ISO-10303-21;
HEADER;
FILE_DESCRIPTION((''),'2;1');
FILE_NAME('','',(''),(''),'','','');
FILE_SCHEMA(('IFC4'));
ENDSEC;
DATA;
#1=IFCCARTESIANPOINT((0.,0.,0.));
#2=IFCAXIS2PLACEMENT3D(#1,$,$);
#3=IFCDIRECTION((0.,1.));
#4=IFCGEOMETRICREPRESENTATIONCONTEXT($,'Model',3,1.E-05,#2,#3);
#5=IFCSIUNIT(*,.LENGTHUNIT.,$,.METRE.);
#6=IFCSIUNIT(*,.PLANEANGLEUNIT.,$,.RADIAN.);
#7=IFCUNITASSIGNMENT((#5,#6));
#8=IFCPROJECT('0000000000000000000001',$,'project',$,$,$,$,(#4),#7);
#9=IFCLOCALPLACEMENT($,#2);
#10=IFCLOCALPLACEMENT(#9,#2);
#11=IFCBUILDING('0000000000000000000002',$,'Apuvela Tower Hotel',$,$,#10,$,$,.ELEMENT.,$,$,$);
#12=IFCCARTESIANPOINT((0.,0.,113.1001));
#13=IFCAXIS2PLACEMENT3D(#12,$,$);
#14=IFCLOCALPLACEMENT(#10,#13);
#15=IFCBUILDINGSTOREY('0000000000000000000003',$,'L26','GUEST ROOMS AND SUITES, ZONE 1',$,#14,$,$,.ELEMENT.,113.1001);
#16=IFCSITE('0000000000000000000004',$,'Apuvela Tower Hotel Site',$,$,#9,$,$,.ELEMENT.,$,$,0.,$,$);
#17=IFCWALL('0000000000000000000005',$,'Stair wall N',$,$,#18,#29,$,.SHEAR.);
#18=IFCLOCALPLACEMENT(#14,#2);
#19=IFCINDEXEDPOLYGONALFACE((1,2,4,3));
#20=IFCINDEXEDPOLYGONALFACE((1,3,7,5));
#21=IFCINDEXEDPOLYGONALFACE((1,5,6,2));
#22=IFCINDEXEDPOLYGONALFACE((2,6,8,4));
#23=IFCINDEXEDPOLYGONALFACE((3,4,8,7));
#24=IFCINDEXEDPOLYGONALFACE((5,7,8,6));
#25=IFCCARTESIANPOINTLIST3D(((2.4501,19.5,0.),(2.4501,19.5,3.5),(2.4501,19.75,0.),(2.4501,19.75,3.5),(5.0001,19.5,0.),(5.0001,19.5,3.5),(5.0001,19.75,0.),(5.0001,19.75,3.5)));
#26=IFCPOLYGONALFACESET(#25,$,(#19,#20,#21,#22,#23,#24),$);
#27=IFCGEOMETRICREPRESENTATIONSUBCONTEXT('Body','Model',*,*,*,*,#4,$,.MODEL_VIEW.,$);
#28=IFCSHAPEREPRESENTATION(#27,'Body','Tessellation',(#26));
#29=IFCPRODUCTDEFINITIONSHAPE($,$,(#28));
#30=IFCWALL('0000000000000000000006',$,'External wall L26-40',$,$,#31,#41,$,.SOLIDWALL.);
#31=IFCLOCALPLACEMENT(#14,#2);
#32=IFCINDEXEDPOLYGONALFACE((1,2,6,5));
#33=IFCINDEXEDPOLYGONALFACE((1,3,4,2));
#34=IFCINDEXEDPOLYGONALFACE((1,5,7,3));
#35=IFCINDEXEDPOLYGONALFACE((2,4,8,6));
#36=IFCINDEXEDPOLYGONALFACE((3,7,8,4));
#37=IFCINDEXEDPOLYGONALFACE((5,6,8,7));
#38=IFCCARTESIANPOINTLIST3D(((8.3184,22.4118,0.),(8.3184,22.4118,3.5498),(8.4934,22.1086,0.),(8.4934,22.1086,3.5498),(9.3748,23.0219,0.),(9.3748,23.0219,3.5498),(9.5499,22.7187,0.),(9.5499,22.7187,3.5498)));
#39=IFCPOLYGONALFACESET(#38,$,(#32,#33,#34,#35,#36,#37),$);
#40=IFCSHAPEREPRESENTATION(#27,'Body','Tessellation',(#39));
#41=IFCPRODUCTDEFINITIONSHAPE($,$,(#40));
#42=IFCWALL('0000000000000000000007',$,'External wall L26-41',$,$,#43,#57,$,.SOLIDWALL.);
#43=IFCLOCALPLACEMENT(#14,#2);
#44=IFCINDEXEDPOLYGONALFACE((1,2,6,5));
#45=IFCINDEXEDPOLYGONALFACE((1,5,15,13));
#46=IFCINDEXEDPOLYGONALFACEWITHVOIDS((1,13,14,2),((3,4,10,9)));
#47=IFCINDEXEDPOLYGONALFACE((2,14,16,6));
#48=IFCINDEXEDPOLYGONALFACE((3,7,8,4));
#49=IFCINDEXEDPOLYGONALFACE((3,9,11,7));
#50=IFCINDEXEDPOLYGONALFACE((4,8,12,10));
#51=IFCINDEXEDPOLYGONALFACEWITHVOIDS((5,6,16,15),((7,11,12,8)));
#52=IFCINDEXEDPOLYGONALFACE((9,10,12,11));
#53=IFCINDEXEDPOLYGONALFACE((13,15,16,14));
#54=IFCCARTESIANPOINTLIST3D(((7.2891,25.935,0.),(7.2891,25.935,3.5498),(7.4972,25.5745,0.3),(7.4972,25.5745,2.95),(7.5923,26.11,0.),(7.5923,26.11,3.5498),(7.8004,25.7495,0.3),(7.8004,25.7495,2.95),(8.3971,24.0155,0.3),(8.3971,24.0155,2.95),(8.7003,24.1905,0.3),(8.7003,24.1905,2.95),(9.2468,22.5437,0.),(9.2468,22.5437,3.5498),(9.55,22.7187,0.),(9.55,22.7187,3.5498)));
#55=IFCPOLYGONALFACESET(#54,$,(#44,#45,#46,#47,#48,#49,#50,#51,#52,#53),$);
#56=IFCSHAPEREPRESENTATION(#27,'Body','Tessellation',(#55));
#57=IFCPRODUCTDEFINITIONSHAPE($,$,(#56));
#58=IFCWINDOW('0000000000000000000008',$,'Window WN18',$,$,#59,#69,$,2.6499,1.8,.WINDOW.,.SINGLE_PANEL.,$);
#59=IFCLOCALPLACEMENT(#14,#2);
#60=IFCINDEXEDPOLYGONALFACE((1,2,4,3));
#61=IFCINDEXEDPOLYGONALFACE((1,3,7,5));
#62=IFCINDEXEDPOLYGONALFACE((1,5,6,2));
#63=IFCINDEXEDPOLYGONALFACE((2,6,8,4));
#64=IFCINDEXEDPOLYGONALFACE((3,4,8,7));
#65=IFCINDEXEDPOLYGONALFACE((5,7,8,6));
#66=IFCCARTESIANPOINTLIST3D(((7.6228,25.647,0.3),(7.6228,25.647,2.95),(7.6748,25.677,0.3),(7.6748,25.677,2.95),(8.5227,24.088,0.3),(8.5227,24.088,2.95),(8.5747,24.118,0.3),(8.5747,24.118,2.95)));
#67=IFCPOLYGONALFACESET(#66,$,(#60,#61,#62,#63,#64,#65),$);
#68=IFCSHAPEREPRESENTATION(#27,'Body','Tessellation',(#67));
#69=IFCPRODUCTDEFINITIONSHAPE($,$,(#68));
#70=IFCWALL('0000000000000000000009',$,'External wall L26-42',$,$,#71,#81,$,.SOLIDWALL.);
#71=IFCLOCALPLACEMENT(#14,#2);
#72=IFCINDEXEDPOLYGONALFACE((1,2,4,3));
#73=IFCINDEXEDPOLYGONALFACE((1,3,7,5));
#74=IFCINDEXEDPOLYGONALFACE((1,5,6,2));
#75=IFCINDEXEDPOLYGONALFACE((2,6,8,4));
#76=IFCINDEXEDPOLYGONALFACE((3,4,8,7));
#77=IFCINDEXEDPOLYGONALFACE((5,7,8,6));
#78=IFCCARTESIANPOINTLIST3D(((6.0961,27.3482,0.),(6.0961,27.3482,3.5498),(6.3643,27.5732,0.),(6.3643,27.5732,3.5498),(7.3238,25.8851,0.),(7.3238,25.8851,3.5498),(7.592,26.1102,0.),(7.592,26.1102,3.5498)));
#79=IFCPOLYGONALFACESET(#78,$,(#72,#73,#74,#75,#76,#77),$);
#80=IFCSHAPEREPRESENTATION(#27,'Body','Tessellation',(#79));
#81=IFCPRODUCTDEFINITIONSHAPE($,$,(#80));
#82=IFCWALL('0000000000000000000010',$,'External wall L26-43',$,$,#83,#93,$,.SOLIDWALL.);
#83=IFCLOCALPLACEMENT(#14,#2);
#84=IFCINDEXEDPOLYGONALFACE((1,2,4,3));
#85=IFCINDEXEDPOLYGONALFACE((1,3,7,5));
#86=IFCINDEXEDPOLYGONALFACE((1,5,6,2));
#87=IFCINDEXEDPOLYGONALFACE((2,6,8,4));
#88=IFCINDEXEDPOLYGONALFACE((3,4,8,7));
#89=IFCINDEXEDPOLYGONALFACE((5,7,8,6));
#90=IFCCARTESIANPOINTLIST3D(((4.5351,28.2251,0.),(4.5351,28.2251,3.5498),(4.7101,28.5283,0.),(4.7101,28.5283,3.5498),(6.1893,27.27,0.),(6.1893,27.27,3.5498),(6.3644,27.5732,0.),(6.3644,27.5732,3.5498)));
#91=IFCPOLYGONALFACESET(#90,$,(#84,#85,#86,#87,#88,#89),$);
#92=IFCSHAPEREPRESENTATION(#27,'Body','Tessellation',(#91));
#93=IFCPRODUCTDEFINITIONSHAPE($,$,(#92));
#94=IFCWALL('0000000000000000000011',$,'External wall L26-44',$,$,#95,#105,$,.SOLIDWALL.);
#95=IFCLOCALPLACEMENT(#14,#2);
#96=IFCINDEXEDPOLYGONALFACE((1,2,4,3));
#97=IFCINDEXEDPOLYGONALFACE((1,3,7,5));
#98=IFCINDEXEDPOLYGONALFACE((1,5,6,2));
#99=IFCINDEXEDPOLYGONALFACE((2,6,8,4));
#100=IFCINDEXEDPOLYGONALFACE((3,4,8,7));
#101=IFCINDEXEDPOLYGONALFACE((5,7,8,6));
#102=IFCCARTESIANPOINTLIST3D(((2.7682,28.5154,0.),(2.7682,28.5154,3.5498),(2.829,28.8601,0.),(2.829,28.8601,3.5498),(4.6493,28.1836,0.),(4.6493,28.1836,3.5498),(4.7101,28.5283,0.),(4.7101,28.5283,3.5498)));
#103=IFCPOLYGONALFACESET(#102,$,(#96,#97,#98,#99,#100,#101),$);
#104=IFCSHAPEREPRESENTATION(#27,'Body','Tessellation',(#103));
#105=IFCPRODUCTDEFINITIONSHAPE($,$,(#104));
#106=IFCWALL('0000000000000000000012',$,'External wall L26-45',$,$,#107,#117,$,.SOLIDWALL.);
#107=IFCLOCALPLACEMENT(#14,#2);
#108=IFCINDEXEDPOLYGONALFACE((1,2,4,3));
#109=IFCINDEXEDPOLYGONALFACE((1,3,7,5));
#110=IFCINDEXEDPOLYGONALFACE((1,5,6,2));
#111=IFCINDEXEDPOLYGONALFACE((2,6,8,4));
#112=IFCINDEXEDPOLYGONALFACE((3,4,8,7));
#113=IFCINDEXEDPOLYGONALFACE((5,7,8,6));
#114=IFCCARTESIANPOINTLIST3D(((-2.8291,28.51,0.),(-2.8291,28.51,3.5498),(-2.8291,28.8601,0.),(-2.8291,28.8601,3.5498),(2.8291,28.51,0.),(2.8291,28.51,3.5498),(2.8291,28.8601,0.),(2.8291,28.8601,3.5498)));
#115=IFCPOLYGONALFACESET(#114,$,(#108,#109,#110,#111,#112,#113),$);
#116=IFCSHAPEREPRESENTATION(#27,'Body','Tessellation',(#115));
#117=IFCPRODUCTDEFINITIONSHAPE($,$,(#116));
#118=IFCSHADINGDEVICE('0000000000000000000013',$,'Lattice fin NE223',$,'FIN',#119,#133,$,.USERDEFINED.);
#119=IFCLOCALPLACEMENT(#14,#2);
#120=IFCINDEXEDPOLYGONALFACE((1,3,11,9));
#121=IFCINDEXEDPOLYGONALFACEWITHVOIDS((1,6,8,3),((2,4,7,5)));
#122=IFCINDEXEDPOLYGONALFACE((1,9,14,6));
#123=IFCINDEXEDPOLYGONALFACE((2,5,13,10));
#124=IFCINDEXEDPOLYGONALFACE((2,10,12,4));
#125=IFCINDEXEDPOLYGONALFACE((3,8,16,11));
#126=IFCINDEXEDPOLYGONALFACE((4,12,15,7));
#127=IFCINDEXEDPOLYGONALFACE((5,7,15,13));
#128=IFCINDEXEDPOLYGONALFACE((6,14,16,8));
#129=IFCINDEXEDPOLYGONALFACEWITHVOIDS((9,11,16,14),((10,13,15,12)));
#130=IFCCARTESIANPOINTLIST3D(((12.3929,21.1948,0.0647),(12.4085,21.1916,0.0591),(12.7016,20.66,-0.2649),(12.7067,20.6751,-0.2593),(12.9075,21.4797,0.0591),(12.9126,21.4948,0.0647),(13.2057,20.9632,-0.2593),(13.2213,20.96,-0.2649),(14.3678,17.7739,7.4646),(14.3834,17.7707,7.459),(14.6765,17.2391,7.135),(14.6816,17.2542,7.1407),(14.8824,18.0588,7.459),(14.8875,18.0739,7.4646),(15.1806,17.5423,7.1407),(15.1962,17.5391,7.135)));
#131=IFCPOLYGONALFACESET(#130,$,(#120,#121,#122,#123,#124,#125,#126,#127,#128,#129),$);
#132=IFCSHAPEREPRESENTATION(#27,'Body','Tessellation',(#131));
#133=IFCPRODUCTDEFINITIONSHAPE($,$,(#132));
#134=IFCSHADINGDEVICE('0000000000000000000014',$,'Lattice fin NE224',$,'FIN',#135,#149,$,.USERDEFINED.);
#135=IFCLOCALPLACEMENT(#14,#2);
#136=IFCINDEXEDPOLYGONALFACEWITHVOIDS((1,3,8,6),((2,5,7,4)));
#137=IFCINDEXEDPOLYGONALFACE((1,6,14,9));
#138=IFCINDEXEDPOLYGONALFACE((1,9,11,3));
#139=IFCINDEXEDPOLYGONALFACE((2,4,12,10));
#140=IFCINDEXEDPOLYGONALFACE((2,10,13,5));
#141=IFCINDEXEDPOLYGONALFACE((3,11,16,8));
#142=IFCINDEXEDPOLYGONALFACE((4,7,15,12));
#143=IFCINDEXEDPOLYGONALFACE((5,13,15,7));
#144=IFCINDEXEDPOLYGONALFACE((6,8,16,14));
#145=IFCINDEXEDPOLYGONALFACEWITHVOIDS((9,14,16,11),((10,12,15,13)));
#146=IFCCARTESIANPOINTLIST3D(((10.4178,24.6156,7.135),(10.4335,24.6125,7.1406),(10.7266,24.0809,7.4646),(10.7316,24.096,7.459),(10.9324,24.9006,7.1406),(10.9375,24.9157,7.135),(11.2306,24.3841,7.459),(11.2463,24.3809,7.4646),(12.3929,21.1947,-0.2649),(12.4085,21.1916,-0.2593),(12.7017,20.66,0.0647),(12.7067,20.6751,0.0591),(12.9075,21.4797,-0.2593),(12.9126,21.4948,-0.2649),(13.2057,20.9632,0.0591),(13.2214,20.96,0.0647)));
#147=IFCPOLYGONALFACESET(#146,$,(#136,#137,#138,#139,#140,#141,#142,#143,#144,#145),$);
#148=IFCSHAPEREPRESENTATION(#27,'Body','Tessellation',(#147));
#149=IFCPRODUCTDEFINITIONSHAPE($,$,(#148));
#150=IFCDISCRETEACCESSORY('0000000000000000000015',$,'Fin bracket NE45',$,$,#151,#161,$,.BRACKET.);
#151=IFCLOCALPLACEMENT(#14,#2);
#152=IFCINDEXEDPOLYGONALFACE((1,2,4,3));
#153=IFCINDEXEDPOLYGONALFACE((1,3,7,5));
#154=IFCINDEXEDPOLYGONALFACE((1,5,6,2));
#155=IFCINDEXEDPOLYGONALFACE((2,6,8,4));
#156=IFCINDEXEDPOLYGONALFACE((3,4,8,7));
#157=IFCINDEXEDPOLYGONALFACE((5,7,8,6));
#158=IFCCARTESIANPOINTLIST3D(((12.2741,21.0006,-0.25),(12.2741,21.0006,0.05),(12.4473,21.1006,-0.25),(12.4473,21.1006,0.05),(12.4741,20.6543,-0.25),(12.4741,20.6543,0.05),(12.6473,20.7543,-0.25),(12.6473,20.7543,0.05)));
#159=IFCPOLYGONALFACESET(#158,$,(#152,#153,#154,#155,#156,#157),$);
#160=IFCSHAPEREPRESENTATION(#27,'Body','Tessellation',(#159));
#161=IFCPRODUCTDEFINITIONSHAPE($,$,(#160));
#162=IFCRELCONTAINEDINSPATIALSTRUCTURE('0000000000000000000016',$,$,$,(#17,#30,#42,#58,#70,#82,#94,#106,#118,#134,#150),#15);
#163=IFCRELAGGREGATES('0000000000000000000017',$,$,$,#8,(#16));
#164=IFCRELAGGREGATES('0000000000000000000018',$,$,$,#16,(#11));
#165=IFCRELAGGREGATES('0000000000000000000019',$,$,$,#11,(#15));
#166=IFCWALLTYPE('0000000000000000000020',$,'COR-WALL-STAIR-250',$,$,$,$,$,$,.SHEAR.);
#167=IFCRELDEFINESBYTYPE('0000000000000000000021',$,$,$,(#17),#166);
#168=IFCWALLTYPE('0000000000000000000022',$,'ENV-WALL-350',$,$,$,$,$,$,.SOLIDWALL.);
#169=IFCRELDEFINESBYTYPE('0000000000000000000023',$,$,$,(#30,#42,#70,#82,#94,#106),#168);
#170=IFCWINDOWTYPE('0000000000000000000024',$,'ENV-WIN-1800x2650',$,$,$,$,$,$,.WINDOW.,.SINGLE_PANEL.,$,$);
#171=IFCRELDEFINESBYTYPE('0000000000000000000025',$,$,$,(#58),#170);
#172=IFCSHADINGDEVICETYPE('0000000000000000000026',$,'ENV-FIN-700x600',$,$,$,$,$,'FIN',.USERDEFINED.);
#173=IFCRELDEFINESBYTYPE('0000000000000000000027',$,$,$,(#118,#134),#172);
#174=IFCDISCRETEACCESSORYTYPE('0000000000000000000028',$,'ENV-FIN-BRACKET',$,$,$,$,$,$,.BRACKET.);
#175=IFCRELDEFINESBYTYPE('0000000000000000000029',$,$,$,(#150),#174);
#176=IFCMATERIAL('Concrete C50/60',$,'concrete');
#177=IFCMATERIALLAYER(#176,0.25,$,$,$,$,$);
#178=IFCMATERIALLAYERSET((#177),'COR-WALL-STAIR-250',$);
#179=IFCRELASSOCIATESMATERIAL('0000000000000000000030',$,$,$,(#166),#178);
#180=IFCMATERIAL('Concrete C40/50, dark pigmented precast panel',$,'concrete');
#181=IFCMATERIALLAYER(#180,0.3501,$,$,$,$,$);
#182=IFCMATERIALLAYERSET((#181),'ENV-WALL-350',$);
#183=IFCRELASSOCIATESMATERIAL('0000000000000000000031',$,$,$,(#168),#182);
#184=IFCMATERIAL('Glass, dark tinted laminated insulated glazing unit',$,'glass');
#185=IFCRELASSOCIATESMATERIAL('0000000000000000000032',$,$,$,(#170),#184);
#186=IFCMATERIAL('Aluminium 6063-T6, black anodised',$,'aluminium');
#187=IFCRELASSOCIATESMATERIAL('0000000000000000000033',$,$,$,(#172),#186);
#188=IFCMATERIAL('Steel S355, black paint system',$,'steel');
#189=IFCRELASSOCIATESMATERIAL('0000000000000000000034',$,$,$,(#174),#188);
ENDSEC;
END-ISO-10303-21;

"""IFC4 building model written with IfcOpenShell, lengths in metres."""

from ifc_helpers import new_model, si_unit, direction, frame, frame_2d, origin, origin_2d, place, context, subcontext, project, spatial, rectangle, hollow_rectangle, extrude, material, layer, layer_set, material_profile, profile_set, type_object, element, fill, save


model = new_model("IFC4")

# Units and contexts
model_context = context("Model", 3, precision=1e-05, world=origin(), true_north=direction((0.0, 1.0)))
body_context = subcontext(model_context, "Body", "Model", "MODEL_VIEW")
ifc_project = project(units=[si_unit("LENGTHUNIT", "METRE"), si_unit("PLANEANGLEUNIT", "RADIAN")], contexts=[model_context])

# Site, building, storey
site_placement = place(None, origin())
site = spatial("IfcSite", under=ifc_project, at=site_placement, Name="Apuvela Tower Hotel Site", CompositionType="ELEMENT", RefElevation=0.0)
building_placement = place(site_placement, origin())
building = spatial("IfcBuilding", under=site, at=building_placement, Name="Apuvela Tower Hotel", CompositionType="ELEMENT")
storey_placement = place(building_placement, frame((0.0, 0.0, 113.1001)))
storey = spatial("IfcBuildingStorey", under=building, at=storey_placement, Name="L26", Description="GUEST ROOMS AND SUITES, ZONE 1", CompositionType="ELEMENT", Elevation=113.1001)

# Walls
ifc_material_1 = material(Name="Concrete C50/60", Category="concrete")
ifc_layer_1 = layer(ifc_material_1, 0.25)
ifc_layer_set_1 = layer_set([ifc_layer_1], Name="COR-WALL-STAIR-250")
wall_type_1 = type_object("IfcWallType", Name="COR-WALL-STAIR-250", PredefinedType="SHEAR", material=ifc_layer_set_1)
wall_1_placement = place(storey_placement, frame((5.0, 19.625, 0.0), z_axis=(0.0, 0.0, 1.0), x_axis=(-1.0, 0.0, 0.0)))
element("IfcWall", 1, at=wall_1_placement, inside=storey, type_object=wall_type_1, Name="Stair wall N", PredefinedType="SHEAR", context=body_context, shape_type="SweptSolid", body=[
    extrude(rectangle(XDim=2.55, YDim=0.25, at=frame_2d((1.2749, 0.0))), origin(), (0.0, 0.0, 1.0), 3.5),
])
ifc_material_2 = material(Name="Concrete C40/50, dark pigmented precast panel", Category="concrete")
ifc_layer_2 = layer(ifc_material_2, 0.3501)
ifc_layer_set_2 = layer_set([ifc_layer_2], Name="ENV-WALL-350")
wall_type_2 = type_object("IfcWallType", Name="ENV-WALL-350", PredefinedType="SOLIDWALL", material=ifc_layer_set_2)
wall_2_placement = place(storey_placement, frame((8.406, 22.2603, 0.0), z_axis=(0.0, 0.0, 1.0), x_axis=(0.865956, 0.500121, 0.0)))
element("IfcWall", 2, at=wall_2_placement, inside=storey, type_object=wall_type_2, Name="External wall L26-40", PredefinedType="SOLIDWALL", context=body_context, shape_type="SweptSolid", body=[
    extrude(rectangle(XDim=1.22, YDim=0.3501, at=frame_2d((0.6099, 0.0))), origin(), (0.0, 0.0, 1.0), 3.5498),
])

# Wall, opening, window
wall_3_placement = place(storey_placement, frame((9.3984, 22.6311, 0.0), z_axis=(0.0, 0.0, 1.0), x_axis=(-0.499955, 0.866052, 0.0)))
wall_3 = element("IfcWall", 3, at=wall_3_placement, inside=storey, type_object=wall_type_2, Name="External wall L26-41", PredefinedType="SOLIDWALL", context=body_context, shape_type="SweptSolid", body=[
    extrude(rectangle(XDim=3.9158, YDim=0.3501, at=frame_2d((1.958, 0.0))), origin(), (0.0, 0.0, 1.0), 3.5498),
])
opening_placement = place(wall_3_placement, frame((1.6997, 0.0, 0.3)))
opening = element("IfcOpeningElement", 4, at=opening_placement, cuts=wall_3, PredefinedType="OPENING", context=body_context, shape_type="SweptSolid", body=[
    extrude(rectangle(XDim=1.8, YDim=2.6499, at=frame_2d((0.8999, 1.325))), frame((0.0, 0.1851, 0.0), z_axis=(0.0, -1.0, 0.0), x_axis=(1.0, 0.0, 0.0)), (0.0, 0.0, 1.0), 0.3701),
])
ifc_material_3 = material(Name="Glass, dark tinted laminated insulated glazing unit", Category="glass")
window_type = type_object("IfcWindowType", Name="ENV-WIN-1800x2650", PartitioningType="SINGLE_PANEL", PredefinedType="WINDOW", material=ifc_material_3)
window_placement = place(opening_placement, origin())
window = element("IfcWindow", 5, at=window_placement, inside=storey, type_object=window_type, Name="Window WN18", OverallHeight=2.6499, OverallWidth=1.8, PartitioningType="SINGLE_PANEL", PredefinedType="WINDOW", context=body_context, shape_type="SweptSolid", body=[
    extrude(rectangle(XDim=1.8, YDim=2.6499, at=frame_2d((0.8999, 1.325))), frame((0.0, 0.03, 0.0), z_axis=(0.0, -1.0, 0.0), x_axis=(1.0, 0.0, 0.0)), (0.0, 0.0, 1.0), 0.0601),
])
fill(opening, window)

# Walls
wall_4_placement = place(storey_placement, frame((7.458, 25.9976, 0.0), z_axis=(0.0, 0.0, 1.0), x_axis=(-0.642808, 0.766027, 0.0)))
element("IfcWall", 6, at=wall_4_placement, inside=storey, type_object=wall_type_2, Name="External wall L26-42", PredefinedType="SOLIDWALL", context=body_context, shape_type="SweptSolid", body=[
    extrude(rectangle(XDim=1.9099, YDim=0.3501, at=frame_2d((0.9551, 0.0))), origin(), (0.0, 0.0, 1.0), 3.5498),
])
for number, where, z_axis, x_axis, name in (
    (7, (6.2769, 27.4216, 0.0), (0.0, 0.0, 1.0), (-0.866032, 0.499988, 0.0), "External wall L26-43"),
    (8, (4.6797, 28.356, 0.0), (0.0, 0.0, 1.0), (-0.984799, 0.173698, 0.0), "External wall L26-44"),
):
    element("IfcWall", number, at=place(storey_placement, frame(where, z_axis=z_axis, x_axis=x_axis)), inside=storey, type_object=wall_type_2, Name=name, PredefinedType="SOLIDWALL", context=body_context, shape_type="SweptSolid", body=[
        extrude(rectangle(XDim=1.9102, YDim=0.3501, at=frame_2d((0.9551, 0.0))), origin(), (0.0, 0.0, 1.0), 3.5498),
    ])
wall_5_placement = place(storey_placement, frame((2.8291, 28.6851, 0.0), z_axis=(0.0, 0.0, 1.0), x_axis=(-1.0, 0.0, 0.0)))
element("IfcWall", 9, at=wall_5_placement, inside=storey, type_object=wall_type_2, Name="External wall L26-45", PredefinedType="SOLIDWALL", context=body_context, shape_type="SweptSolid", body=[
    extrude(rectangle(XDim=5.6582, YDim=0.3501, at=frame_2d((2.8291, 0.0))), origin(), (0.0, 0.0, 1.0), 3.5498),
])

# Shading devices
ifc_material_4 = material(Name="Aluminium 6063-T6, black anodised", Category="aluminium")
ifc_material_profile_1 = material_profile(ifc_material_4, hollow_rectangle(XDim=0.6001, YDim=0.7, WallThickness=0.012, at=origin_2d()), Name="AL BOX 700x600x12")
ifc_profile_set_1 = profile_set([ifc_material_profile_1], Name="Aluminium 6063-T6, black anodised")
shading_device_type = type_object("IfcShadingDeviceType", Name="ENV-FIN-700x600", ElementType="FIN", PredefinedType="USERDEFINED", material=ifc_profile_set_1)
for number, where, z_axis, x_axis, name in (
    (10, (12.8071, 21.0774, -0.1001), (0.235434, -0.407825, 0.882185), (0.866048, 0.499961, 0.0), "Lattice fin NE223"),
    (11, (12.8071, 21.0774, -0.1001), (-0.235461, 0.407822, 0.882179), (-0.866021, -0.500008, 0.0), "Lattice fin NE224"),
):
    element("IfcShadingDevice", number, at=place(storey_placement, frame(where, z_axis=z_axis, x_axis=x_axis)), inside=storey, type_object=shading_device_type, Name=name, ObjectType="FIN", PredefinedType="USERDEFINED", context=body_context, shape_type="SweptSolid", body=[
        extrude(hollow_rectangle(XDim=0.6001, YDim=0.7, WallThickness=0.012, at=origin_2d()), origin(), (0.0, 0.0, 1.0), 8.3882),
    ])

# Discrete accessory
ifc_material_5 = material(Name="Steel S355, black paint system", Category="steel")
discrete_accessory_type = type_object("IfcDiscreteAccessoryType", Name="ENV-FIN-BRACKET", PredefinedType="BRACKET", material=ifc_material_5)
discrete_accessory_placement = place(storey_placement, frame((12.4607, 20.8774, -0.25), z_axis=(0.0, 0.0, 1.0), x_axis=(-0.5, 0.866025, 0.0)))
element("IfcDiscreteAccessory", 12, at=discrete_accessory_placement, inside=storey, type_object=discrete_accessory_type, Name="Fin bracket NE45", PredefinedType="BRACKET", context=body_context, shape_type="SweptSolid", body=[
    extrude(rectangle(XDim=0.3999, YDim=0.2, at=origin_2d()), origin(), (0.0, 0.0, 1.0), 0.3),
])

save(model, "model.ifc")
